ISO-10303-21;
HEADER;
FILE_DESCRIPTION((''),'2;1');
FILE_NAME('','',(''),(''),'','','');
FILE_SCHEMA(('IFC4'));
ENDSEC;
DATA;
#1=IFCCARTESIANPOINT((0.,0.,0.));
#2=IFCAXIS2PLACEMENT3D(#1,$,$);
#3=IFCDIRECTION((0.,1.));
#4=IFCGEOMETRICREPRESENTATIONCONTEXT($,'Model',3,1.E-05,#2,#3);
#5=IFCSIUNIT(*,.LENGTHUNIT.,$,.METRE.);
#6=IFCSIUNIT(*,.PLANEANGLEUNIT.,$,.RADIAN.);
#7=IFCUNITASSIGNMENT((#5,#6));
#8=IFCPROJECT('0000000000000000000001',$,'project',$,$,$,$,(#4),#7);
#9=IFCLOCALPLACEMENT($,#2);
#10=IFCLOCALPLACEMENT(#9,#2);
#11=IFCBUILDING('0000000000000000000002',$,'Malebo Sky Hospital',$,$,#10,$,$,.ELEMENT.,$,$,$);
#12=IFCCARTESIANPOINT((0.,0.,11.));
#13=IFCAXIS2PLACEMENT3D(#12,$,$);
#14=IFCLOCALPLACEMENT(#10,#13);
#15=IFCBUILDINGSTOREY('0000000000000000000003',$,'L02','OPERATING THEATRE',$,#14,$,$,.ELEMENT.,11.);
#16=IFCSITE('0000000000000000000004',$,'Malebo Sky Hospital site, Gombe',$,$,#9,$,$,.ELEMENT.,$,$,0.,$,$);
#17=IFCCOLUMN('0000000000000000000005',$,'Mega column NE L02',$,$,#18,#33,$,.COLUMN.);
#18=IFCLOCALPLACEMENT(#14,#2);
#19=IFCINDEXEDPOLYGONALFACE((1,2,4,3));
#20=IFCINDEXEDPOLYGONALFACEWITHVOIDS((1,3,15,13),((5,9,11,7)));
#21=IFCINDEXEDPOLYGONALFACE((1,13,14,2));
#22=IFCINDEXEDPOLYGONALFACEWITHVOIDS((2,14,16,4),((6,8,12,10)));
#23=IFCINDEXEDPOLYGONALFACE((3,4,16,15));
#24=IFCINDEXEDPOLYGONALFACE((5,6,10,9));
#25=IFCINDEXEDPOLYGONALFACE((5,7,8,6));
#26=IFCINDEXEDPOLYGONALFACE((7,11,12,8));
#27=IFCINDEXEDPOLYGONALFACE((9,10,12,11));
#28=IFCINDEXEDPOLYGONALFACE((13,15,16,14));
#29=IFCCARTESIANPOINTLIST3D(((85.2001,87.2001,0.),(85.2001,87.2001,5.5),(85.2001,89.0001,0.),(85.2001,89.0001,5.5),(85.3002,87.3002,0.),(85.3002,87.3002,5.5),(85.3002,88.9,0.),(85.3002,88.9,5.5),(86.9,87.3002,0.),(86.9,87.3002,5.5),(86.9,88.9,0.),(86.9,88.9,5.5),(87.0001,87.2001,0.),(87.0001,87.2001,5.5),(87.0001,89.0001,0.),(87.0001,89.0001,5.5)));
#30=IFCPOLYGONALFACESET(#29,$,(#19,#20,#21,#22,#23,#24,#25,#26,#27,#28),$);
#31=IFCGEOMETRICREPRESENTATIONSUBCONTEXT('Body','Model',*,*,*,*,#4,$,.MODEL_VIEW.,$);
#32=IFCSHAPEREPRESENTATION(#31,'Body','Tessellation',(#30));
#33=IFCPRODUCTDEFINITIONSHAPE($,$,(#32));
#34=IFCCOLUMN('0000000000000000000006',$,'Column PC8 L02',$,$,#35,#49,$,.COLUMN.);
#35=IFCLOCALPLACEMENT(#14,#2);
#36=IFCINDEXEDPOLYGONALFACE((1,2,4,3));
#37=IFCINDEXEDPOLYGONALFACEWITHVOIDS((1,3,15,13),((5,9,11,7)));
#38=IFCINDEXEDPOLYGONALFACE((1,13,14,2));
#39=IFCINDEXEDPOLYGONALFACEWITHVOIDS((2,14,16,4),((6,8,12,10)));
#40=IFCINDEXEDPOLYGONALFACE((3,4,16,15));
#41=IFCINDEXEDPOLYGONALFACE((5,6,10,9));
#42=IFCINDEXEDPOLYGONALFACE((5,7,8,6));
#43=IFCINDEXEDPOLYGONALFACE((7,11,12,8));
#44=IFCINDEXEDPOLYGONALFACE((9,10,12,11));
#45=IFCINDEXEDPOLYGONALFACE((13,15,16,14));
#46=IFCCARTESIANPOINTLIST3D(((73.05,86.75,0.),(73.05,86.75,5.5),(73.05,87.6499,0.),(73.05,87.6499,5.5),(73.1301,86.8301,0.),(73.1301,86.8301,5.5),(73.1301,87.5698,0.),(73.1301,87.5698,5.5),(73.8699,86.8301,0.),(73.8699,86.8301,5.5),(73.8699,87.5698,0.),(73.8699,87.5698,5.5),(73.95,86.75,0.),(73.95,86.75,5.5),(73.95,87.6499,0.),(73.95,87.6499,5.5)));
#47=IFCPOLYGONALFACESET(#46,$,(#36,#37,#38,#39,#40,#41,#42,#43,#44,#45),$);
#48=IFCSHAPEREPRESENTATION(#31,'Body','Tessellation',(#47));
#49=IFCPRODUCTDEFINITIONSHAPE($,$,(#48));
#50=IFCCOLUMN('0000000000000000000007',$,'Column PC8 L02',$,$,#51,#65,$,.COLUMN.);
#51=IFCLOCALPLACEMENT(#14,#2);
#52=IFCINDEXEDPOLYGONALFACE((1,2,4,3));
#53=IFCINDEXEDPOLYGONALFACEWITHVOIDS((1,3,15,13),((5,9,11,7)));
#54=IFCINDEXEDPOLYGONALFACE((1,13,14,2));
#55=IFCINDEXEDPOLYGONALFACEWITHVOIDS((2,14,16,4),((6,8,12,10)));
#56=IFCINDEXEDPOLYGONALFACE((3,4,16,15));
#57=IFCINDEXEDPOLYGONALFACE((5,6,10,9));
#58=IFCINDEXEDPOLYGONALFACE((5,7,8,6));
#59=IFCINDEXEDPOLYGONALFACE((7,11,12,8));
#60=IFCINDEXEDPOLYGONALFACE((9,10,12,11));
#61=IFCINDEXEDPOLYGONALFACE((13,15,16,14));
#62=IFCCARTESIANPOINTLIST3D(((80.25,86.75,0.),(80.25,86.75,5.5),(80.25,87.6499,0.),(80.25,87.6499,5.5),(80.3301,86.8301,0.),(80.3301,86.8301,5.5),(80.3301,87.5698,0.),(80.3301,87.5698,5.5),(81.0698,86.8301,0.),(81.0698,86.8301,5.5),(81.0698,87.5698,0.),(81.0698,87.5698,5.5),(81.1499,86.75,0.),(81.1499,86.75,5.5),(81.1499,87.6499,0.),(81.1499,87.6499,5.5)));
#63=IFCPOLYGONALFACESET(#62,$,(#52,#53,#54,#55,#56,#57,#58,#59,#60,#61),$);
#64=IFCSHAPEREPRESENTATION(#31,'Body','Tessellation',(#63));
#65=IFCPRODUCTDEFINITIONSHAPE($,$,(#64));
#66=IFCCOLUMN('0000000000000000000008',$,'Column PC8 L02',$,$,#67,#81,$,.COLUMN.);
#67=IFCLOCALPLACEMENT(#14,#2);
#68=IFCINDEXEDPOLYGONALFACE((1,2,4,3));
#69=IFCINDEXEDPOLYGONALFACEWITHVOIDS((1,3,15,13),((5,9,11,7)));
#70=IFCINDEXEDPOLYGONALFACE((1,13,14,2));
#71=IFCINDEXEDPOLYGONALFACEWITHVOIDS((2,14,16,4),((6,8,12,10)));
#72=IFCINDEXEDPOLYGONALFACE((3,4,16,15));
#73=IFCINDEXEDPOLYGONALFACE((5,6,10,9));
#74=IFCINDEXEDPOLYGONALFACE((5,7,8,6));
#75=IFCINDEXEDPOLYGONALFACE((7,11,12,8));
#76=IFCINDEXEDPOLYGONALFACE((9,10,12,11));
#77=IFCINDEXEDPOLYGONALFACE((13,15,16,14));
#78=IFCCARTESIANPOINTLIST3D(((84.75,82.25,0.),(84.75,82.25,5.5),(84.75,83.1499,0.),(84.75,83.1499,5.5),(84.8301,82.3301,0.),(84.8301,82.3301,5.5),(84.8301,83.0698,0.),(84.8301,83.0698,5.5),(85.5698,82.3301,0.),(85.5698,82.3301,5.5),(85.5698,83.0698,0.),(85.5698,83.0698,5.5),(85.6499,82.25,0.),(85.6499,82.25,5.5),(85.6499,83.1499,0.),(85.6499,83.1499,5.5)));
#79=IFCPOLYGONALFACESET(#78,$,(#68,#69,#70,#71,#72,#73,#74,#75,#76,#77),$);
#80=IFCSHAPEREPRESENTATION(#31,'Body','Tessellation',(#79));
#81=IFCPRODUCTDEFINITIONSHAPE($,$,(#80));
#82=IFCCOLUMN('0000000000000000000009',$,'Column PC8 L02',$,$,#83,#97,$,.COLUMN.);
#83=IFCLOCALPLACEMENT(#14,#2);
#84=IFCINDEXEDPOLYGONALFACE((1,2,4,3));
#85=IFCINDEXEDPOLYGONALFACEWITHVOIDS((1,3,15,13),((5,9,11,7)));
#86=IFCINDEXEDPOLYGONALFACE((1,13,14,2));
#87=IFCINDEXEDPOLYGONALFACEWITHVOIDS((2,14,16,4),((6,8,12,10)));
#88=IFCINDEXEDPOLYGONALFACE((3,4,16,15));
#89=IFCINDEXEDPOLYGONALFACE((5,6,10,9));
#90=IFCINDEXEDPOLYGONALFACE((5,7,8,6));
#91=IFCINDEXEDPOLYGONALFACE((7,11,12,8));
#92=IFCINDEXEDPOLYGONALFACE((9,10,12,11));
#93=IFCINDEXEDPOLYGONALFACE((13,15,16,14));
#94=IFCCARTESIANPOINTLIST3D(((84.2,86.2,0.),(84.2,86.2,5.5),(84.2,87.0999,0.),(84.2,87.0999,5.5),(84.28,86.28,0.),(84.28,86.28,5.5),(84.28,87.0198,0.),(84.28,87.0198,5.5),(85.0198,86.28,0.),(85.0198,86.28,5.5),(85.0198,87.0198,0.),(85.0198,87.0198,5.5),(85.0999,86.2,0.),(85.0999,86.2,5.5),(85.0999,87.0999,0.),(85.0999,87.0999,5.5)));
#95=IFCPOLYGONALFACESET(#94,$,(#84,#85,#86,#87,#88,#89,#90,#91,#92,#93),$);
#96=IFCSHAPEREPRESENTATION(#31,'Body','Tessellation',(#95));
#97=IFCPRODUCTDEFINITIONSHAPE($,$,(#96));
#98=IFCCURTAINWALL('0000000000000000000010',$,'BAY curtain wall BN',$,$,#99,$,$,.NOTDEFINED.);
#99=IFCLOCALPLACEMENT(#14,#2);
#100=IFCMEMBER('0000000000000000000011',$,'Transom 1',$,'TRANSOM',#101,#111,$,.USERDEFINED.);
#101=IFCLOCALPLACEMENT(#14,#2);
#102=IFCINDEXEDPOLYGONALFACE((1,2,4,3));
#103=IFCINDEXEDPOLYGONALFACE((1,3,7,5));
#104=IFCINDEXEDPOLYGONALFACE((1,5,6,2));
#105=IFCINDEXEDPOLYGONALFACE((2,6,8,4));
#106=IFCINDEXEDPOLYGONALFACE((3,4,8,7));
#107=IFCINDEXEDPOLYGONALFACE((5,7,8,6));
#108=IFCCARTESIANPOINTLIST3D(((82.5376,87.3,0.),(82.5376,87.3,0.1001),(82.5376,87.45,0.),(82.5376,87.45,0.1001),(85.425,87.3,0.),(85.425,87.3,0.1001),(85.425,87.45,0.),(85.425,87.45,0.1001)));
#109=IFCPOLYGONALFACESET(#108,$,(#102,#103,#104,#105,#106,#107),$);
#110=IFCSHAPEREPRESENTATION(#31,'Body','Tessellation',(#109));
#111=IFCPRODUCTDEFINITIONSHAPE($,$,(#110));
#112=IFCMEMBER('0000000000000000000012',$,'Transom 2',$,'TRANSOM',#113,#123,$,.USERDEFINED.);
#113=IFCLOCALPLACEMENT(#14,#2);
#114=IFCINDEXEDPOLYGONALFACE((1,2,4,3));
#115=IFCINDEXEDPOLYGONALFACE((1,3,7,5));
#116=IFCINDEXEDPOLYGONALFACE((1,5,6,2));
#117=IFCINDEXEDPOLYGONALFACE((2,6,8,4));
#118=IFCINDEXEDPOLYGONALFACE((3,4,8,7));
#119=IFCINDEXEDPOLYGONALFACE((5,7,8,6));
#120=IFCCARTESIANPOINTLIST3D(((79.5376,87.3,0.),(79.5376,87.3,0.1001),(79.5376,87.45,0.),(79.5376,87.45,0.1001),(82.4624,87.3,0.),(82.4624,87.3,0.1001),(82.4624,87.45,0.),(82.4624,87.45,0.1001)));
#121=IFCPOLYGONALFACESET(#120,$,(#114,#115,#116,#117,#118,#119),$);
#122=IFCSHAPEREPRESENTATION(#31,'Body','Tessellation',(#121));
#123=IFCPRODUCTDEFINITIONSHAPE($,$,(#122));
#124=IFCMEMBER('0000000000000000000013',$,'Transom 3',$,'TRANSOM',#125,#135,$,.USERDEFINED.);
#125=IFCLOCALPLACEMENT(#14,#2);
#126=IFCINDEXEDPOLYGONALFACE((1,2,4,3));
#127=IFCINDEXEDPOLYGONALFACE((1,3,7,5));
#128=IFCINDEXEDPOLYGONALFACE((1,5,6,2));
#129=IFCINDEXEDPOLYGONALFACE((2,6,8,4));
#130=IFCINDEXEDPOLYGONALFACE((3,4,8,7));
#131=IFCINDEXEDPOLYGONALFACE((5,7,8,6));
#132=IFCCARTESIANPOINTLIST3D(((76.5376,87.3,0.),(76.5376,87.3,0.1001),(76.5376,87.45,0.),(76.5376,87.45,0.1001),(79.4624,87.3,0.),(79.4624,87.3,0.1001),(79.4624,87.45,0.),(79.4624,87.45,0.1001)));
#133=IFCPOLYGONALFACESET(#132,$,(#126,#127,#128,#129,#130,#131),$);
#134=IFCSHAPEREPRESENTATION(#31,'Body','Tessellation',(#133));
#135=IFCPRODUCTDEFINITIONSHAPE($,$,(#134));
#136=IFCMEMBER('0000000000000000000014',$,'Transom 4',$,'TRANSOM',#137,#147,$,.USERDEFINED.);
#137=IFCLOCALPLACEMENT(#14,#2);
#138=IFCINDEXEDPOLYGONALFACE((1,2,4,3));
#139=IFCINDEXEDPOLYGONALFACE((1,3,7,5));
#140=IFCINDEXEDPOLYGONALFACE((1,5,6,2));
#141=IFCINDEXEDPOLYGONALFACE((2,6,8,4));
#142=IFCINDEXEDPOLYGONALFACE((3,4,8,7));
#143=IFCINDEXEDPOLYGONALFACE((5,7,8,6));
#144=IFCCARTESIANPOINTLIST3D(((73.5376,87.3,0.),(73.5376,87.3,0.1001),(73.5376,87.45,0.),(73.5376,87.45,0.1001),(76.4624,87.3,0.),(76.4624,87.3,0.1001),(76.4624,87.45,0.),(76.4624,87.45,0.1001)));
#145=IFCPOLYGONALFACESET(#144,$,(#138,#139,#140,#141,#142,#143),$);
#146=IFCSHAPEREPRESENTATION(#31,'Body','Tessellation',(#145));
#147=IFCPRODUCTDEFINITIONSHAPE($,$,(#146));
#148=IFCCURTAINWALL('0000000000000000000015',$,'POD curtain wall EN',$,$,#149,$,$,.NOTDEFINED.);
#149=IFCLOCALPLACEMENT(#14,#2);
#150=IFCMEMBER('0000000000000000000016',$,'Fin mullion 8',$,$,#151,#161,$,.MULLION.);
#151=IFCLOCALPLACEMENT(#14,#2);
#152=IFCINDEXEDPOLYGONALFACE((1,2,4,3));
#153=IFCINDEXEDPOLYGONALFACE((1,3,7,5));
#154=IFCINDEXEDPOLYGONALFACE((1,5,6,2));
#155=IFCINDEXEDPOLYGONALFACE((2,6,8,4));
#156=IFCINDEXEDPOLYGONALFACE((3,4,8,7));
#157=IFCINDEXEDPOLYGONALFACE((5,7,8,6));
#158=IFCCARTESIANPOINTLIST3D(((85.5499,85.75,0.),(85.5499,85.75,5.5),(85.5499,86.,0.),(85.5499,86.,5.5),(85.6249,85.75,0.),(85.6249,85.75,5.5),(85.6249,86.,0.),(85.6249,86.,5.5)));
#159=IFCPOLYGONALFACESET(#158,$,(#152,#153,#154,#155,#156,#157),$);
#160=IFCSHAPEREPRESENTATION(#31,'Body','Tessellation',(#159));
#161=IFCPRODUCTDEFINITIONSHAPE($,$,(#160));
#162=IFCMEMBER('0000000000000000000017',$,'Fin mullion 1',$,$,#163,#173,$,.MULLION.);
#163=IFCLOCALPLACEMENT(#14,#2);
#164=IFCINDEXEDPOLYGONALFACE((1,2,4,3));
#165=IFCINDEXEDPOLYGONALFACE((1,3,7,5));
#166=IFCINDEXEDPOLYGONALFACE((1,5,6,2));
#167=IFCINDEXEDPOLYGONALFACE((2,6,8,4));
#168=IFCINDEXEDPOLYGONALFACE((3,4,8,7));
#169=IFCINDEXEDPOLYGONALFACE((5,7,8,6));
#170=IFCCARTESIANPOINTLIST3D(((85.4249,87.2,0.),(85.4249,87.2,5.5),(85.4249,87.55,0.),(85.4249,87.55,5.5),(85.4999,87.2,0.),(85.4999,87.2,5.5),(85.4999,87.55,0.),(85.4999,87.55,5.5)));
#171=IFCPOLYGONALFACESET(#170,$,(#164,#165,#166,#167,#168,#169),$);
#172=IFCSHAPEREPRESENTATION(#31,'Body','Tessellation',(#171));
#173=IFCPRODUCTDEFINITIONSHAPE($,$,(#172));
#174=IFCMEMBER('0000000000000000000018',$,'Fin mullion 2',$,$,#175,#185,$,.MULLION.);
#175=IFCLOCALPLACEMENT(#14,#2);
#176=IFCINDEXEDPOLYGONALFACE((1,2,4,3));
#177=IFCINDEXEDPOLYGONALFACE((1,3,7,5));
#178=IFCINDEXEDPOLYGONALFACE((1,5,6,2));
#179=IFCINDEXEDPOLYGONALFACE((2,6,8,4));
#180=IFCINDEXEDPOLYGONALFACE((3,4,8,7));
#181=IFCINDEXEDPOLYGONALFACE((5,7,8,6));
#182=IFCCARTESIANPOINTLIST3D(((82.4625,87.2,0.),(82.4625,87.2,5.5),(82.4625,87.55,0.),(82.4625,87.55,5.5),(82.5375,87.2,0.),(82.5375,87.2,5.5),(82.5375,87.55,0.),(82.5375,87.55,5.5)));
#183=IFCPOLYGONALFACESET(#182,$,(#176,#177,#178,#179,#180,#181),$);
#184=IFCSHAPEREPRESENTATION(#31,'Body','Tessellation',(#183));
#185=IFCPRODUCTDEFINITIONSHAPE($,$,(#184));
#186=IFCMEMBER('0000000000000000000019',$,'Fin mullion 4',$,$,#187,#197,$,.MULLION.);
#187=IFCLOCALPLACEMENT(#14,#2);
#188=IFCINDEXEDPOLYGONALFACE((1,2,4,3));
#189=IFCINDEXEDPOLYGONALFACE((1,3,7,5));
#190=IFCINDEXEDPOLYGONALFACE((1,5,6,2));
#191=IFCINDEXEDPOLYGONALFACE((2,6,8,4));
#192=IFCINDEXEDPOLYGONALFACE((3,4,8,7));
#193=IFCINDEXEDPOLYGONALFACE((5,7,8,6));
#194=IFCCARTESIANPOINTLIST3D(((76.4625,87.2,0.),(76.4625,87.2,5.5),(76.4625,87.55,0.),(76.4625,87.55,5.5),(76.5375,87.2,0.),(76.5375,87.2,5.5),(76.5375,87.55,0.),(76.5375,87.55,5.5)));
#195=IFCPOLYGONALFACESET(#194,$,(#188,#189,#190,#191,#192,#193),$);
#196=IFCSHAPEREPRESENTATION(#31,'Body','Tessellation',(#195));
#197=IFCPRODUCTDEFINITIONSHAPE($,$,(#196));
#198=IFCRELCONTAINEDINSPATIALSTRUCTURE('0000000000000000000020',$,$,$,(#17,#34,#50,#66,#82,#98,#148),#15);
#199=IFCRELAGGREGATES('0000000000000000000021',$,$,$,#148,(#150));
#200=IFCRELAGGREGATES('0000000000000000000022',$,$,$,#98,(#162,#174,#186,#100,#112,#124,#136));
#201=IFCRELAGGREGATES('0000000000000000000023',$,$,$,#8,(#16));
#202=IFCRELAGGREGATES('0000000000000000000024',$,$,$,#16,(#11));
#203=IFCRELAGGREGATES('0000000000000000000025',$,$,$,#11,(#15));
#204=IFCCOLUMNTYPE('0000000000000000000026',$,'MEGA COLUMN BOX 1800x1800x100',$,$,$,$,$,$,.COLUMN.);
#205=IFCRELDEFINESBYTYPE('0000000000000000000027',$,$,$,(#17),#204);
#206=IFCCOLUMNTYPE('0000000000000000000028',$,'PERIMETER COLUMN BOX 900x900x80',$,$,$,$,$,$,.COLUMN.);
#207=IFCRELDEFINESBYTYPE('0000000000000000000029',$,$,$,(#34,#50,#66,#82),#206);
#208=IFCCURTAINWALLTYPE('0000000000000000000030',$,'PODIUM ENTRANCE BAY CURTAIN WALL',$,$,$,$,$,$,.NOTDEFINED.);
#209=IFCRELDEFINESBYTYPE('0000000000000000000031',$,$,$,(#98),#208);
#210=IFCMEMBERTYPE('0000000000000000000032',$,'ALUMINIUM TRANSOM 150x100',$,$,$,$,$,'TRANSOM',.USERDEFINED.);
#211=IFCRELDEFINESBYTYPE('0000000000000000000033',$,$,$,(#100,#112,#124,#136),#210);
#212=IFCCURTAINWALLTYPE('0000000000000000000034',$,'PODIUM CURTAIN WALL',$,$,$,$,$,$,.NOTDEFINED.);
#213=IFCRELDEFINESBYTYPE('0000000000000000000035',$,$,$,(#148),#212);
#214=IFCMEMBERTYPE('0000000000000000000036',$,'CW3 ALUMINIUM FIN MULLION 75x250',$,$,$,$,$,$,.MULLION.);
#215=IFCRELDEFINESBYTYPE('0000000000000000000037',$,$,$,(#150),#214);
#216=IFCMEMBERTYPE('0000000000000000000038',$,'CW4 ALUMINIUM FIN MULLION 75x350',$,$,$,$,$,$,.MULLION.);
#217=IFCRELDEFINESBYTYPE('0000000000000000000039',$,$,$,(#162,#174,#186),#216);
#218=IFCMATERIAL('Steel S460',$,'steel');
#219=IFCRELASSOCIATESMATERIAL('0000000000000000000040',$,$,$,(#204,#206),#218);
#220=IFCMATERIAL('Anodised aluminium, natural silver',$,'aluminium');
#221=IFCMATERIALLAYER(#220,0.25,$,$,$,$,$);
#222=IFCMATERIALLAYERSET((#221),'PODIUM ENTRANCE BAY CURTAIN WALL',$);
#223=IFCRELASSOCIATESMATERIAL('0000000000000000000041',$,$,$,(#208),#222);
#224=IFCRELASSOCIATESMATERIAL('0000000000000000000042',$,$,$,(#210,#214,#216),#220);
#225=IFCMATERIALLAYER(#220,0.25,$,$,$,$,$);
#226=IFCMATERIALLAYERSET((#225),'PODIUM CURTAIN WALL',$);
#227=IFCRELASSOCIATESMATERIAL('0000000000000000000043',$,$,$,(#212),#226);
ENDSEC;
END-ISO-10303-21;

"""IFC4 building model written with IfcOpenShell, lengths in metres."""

from ifc_helpers import new_model, si_unit, direction, frame, origin, origin_2d, place, context, subcontext, project, spatial, rectangle, hollow_rectangle, extrude, material, layer, layer_set, material_profile, profile_set, type_object, element, aggregate, save


model = new_model("IFC4")

# Units and contexts
model_context = context("Model", 3, precision=1e-05, world=origin(), true_north=direction((0.0, 1.0)))
body_context = subcontext(model_context, "Body", "Model", "MODEL_VIEW")
ifc_project = project(units=[si_unit("LENGTHUNIT", "METRE"), si_unit("PLANEANGLEUNIT", "RADIAN")], contexts=[model_context])

# Site, building, storey
site_placement = place(None, origin())
site = spatial("IfcSite", under=ifc_project, at=site_placement, Name="Malebo Sky Hospital site, Gombe", CompositionType="ELEMENT", RefElevation=0.0)
building_placement = place(site_placement, origin())
building = spatial("IfcBuilding", under=site, at=building_placement, Name="Malebo Sky Hospital", CompositionType="ELEMENT")
storey_placement = place(building_placement, frame((0.0, 0.0, 11.0)))
storey = spatial("IfcBuildingStorey", under=building, at=storey_placement, Name="L02", Description="OPERATING THEATRE", CompositionType="ELEMENT", Elevation=11.0)

# Columns
ifc_material_1 = material(Name="Steel S460", Category="steel")
ifc_material_profile_1 = material_profile(ifc_material_1, hollow_rectangle(XDim=1.8, YDim=1.8, WallThickness=0.1001, at=origin_2d()), Name="BOX 1800x1800x100")
ifc_profile_set_1 = profile_set([ifc_material_profile_1], Name="Steel S460")
column_type_1 = type_object("IfcColumnType", Name="MEGA COLUMN BOX 1800x1800x100", PredefinedType="COLUMN", material=ifc_profile_set_1)
column_placement = place(storey_placement, frame((86.1001, 88.1001, 0.0), z_axis=(0.0, 0.0, 1.0), x_axis=(1.0, 0.0, 0.0)))
element("IfcColumn", 1, at=column_placement, inside=storey, type_object=column_type_1, Name="Mega column NE L02", PredefinedType="COLUMN", context=body_context, shape_type="SweptSolid", body=[
    extrude(hollow_rectangle(XDim=1.8, YDim=1.8, WallThickness=0.1001, at=origin_2d()), origin(), (0.0, 0.0, 1.0), 5.5),
])
ifc_material_profile_2 = material_profile(ifc_material_1, hollow_rectangle(XDim=0.8999, YDim=0.8999, WallThickness=0.0801, at=origin_2d()), Name="BOX 900x900x80")
ifc_profile_set_2 = profile_set([ifc_material_profile_2], Name="Steel S460")
column_type_2 = type_object("IfcColumnType", Name="PERIMETER COLUMN BOX 900x900x80", PredefinedType="COLUMN", material=ifc_profile_set_2)
for number, where, z_axis, x_axis, name in (
    (2, (73.5, 87.2, 0.0), (0.0, 0.0, 1.0), (1.0, 0.0, 0.0), "Column PC8 L02"),
    (3, (80.7, 87.2, 0.0), (0.0, 0.0, 1.0), (1.0, 0.0, 0.0), "Column PC8 L02"),
    (4, (85.2, 82.7, 0.0), (0.0, 0.0, 1.0), (1.0, 0.0, 0.0), "Column PC8 L02"),
    (5, (84.6499, 86.6499, 0.0), (0.0, 0.0, 1.0), (1.0, 0.0, 0.0), "Column PC8 L02"),
):
    element("IfcColumn", number, at=place(storey_placement, frame(where, z_axis=z_axis, x_axis=x_axis)), inside=storey, type_object=column_type_2, Name=name, PredefinedType="COLUMN", context=body_context, shape_type="SweptSolid", body=[
        extrude(hollow_rectangle(XDim=0.8999, YDim=0.8999, WallThickness=0.0801, at=origin_2d()), origin(), (0.0, 0.0, 1.0), 5.5),
    ])

# Curtain wall, members
ifc_material_2 = material(Name="Anodised aluminium, natural silver", Category="aluminium")
ifc_layer_1 = layer(ifc_material_2, 0.25)
ifc_layer_set_1 = layer_set([ifc_layer_1], Name="PODIUM ENTRANCE BAY CURTAIN WALL")
curtain_wall_type_1 = type_object("IfcCurtainWallType", Name="PODIUM ENTRANCE BAY CURTAIN WALL", PredefinedType="NOTDEFINED", material=ifc_layer_set_1)
curtain_wall_1_placement = place(storey_placement, origin())
curtain_wall_1 = element("IfcCurtainWall", 6, at=curtain_wall_1_placement, inside=storey, type_object=curtain_wall_type_1, Name="BAY curtain wall BN", PredefinedType="NOTDEFINED")
ifc_material_profile_3 = material_profile(ifc_material_2, rectangle(XDim=0.1499, YDim=0.1001, at=origin_2d()), Name="ALUMINIUM TRANSOM 150x100")
ifc_profile_set_3 = profile_set([ifc_material_profile_3], Name="Anodised aluminium, natural silver")
member_type_1 = type_object("IfcMemberType", Name="ALUMINIUM TRANSOM 150x100", ElementType="TRANSOM", PredefinedType="USERDEFINED", material=ifc_profile_set_3)
member_1_placement = place(storey_placement, frame((85.425, 87.375, 0.05), z_axis=(-1.0, 0.0, 0.0), x_axis=(0.0, -1.0, 0.0)))
member_1 = element("IfcMember", 7, at=member_1_placement, type_object=member_type_1, Name="Transom 1", ObjectType="TRANSOM", PredefinedType="USERDEFINED", context=body_context, shape_type="SweptSolid", body=[
    extrude(rectangle(XDim=0.1499, YDim=0.1001, at=origin_2d()), origin(), (0.0, 0.0, 1.0), 2.8875),
])
member_2_placement = place(storey_placement, frame((82.4624, 87.375, 0.05), z_axis=(-1.0, 0.0, 0.0), x_axis=(0.0, -1.0, 0.0)))
member_2 = element("IfcMember", 8, at=member_2_placement, type_object=member_type_1, Name="Transom 2", ObjectType="TRANSOM", PredefinedType="USERDEFINED", context=body_context, shape_type="SweptSolid", body=[
    extrude(rectangle(XDim=0.1499, YDim=0.1001, at=origin_2d()), origin(), (0.0, 0.0, 1.0), 2.9248),
])
member_3_placement = place(storey_placement, frame((79.4624, 87.375, 0.05), z_axis=(-1.0, 0.0, 0.0), x_axis=(0.0, -1.0, 0.0)))
member_3 = element("IfcMember", 9, at=member_3_placement, type_object=member_type_1, Name="Transom 3", ObjectType="TRANSOM", PredefinedType="USERDEFINED", context=body_context, shape_type="SweptSolid", body=[
    extrude(rectangle(XDim=0.1499, YDim=0.1001, at=origin_2d()), origin(), (0.0, 0.0, 1.0), 2.9248),
])
member_4_placement = place(storey_placement, frame((76.4624, 87.375, 0.05), z_axis=(-1.0, 0.0, 0.0), x_axis=(0.0, -1.0, 0.0)))
member_4 = element("IfcMember", 10, at=member_4_placement, type_object=member_type_1, Name="Transom 4", ObjectType="TRANSOM", PredefinedType="USERDEFINED", context=body_context, shape_type="SweptSolid", body=[
    extrude(rectangle(XDim=0.1499, YDim=0.1001, at=origin_2d()), origin(), (0.0, 0.0, 1.0), 2.9248),
])

# Curtain wall, member
ifc_layer_2 = layer(ifc_material_2, 0.25)
ifc_layer_set_2 = layer_set([ifc_layer_2], Name="PODIUM CURTAIN WALL")
curtain_wall_type_2 = type_object("IfcCurtainWallType", Name="PODIUM CURTAIN WALL", PredefinedType="NOTDEFINED", material=ifc_layer_set_2)
curtain_wall_2_placement = place(storey_placement, origin())
curtain_wall_2 = element("IfcCurtainWall", 11, at=curtain_wall_2_placement, inside=storey, type_object=curtain_wall_type_2, Name="POD curtain wall EN", PredefinedType="NOTDEFINED")
ifc_material_profile_4 = material_profile(ifc_material_2, rectangle(XDim=0.075, YDim=0.25, at=origin_2d()), Name="CW3 ALUMINIUM FIN MULLION 75x250")
ifc_profile_set_4 = profile_set([ifc_material_profile_4], Name="Anodised aluminium, natural silver")
member_type_2 = type_object("IfcMemberType", Name="CW3 ALUMINIUM FIN MULLION 75x250", PredefinedType="MULLION", material=ifc_profile_set_4)
member_5_placement = place(storey_placement, frame((85.5874, 85.875, 0.0), z_axis=(0.0, 0.0, 1.0), x_axis=(-1.0, 0.0, 0.0)))
member_5 = element("IfcMember", 12, at=member_5_placement, type_object=member_type_2, Name="Fin mullion 8", PredefinedType="MULLION", context=body_context, shape_type="SweptSolid", body=[
    extrude(rectangle(XDim=0.075, YDim=0.25, at=origin_2d()), origin(), (0.0, 0.0, 1.0), 5.5),
])
aggregate(curtain_wall_2, [member_5])

# Members
ifc_material_profile_5 = material_profile(ifc_material_2, rectangle(XDim=0.075, YDim=0.3501, at=origin_2d()), Name="CW4 ALUMINIUM FIN MULLION 75x350")
ifc_profile_set_5 = profile_set([ifc_material_profile_5], Name="Anodised aluminium, natural silver")
member_type_3 = type_object("IfcMemberType", Name="CW4 ALUMINIUM FIN MULLION 75x350", PredefinedType="MULLION", material=ifc_profile_set_5)
member_6_placement = place(storey_placement, frame((85.4624, 87.375, 0.0), z_axis=(0.0, 0.0, 1.0), x_axis=(-1.0, 0.0, 0.0)))
member_6 = element("IfcMember", 13, at=member_6_placement, type_object=member_type_3, Name="Fin mullion 1", PredefinedType="MULLION", context=body_context, shape_type="SweptSolid", body=[
    extrude(rectangle(XDim=0.075, YDim=0.3501, at=origin_2d()), origin(), (0.0, 0.0, 1.0), 5.5),
])
member_7_placement = place(storey_placement, frame((82.5, 87.375, 0.0), z_axis=(0.0, 0.0, 1.0), x_axis=(-1.0, 0.0, 0.0)))
member_7 = element("IfcMember", 14, at=member_7_placement, type_object=member_type_3, Name="Fin mullion 2", PredefinedType="MULLION", context=body_context, shape_type="SweptSolid", body=[
    extrude(rectangle(XDim=0.075, YDim=0.3501, at=origin_2d()), origin(), (0.0, 0.0, 1.0), 5.5),
])
member_8_placement = place(storey_placement, frame((76.5, 87.375, 0.0), z_axis=(0.0, 0.0, 1.0), x_axis=(-1.0, 0.0, 0.0)))
member_8 = element("IfcMember", 15, at=member_8_placement, type_object=member_type_3, Name="Fin mullion 4", PredefinedType="MULLION", context=body_context, shape_type="SweptSolid", body=[
    extrude(rectangle(XDim=0.075, YDim=0.3501, at=origin_2d()), origin(), (0.0, 0.0, 1.0), 5.5),
])

aggregate(curtain_wall_1, [member_6, member_7, member_8, member_1, member_2, member_3, member_4])

save(model, "model.ifc")
